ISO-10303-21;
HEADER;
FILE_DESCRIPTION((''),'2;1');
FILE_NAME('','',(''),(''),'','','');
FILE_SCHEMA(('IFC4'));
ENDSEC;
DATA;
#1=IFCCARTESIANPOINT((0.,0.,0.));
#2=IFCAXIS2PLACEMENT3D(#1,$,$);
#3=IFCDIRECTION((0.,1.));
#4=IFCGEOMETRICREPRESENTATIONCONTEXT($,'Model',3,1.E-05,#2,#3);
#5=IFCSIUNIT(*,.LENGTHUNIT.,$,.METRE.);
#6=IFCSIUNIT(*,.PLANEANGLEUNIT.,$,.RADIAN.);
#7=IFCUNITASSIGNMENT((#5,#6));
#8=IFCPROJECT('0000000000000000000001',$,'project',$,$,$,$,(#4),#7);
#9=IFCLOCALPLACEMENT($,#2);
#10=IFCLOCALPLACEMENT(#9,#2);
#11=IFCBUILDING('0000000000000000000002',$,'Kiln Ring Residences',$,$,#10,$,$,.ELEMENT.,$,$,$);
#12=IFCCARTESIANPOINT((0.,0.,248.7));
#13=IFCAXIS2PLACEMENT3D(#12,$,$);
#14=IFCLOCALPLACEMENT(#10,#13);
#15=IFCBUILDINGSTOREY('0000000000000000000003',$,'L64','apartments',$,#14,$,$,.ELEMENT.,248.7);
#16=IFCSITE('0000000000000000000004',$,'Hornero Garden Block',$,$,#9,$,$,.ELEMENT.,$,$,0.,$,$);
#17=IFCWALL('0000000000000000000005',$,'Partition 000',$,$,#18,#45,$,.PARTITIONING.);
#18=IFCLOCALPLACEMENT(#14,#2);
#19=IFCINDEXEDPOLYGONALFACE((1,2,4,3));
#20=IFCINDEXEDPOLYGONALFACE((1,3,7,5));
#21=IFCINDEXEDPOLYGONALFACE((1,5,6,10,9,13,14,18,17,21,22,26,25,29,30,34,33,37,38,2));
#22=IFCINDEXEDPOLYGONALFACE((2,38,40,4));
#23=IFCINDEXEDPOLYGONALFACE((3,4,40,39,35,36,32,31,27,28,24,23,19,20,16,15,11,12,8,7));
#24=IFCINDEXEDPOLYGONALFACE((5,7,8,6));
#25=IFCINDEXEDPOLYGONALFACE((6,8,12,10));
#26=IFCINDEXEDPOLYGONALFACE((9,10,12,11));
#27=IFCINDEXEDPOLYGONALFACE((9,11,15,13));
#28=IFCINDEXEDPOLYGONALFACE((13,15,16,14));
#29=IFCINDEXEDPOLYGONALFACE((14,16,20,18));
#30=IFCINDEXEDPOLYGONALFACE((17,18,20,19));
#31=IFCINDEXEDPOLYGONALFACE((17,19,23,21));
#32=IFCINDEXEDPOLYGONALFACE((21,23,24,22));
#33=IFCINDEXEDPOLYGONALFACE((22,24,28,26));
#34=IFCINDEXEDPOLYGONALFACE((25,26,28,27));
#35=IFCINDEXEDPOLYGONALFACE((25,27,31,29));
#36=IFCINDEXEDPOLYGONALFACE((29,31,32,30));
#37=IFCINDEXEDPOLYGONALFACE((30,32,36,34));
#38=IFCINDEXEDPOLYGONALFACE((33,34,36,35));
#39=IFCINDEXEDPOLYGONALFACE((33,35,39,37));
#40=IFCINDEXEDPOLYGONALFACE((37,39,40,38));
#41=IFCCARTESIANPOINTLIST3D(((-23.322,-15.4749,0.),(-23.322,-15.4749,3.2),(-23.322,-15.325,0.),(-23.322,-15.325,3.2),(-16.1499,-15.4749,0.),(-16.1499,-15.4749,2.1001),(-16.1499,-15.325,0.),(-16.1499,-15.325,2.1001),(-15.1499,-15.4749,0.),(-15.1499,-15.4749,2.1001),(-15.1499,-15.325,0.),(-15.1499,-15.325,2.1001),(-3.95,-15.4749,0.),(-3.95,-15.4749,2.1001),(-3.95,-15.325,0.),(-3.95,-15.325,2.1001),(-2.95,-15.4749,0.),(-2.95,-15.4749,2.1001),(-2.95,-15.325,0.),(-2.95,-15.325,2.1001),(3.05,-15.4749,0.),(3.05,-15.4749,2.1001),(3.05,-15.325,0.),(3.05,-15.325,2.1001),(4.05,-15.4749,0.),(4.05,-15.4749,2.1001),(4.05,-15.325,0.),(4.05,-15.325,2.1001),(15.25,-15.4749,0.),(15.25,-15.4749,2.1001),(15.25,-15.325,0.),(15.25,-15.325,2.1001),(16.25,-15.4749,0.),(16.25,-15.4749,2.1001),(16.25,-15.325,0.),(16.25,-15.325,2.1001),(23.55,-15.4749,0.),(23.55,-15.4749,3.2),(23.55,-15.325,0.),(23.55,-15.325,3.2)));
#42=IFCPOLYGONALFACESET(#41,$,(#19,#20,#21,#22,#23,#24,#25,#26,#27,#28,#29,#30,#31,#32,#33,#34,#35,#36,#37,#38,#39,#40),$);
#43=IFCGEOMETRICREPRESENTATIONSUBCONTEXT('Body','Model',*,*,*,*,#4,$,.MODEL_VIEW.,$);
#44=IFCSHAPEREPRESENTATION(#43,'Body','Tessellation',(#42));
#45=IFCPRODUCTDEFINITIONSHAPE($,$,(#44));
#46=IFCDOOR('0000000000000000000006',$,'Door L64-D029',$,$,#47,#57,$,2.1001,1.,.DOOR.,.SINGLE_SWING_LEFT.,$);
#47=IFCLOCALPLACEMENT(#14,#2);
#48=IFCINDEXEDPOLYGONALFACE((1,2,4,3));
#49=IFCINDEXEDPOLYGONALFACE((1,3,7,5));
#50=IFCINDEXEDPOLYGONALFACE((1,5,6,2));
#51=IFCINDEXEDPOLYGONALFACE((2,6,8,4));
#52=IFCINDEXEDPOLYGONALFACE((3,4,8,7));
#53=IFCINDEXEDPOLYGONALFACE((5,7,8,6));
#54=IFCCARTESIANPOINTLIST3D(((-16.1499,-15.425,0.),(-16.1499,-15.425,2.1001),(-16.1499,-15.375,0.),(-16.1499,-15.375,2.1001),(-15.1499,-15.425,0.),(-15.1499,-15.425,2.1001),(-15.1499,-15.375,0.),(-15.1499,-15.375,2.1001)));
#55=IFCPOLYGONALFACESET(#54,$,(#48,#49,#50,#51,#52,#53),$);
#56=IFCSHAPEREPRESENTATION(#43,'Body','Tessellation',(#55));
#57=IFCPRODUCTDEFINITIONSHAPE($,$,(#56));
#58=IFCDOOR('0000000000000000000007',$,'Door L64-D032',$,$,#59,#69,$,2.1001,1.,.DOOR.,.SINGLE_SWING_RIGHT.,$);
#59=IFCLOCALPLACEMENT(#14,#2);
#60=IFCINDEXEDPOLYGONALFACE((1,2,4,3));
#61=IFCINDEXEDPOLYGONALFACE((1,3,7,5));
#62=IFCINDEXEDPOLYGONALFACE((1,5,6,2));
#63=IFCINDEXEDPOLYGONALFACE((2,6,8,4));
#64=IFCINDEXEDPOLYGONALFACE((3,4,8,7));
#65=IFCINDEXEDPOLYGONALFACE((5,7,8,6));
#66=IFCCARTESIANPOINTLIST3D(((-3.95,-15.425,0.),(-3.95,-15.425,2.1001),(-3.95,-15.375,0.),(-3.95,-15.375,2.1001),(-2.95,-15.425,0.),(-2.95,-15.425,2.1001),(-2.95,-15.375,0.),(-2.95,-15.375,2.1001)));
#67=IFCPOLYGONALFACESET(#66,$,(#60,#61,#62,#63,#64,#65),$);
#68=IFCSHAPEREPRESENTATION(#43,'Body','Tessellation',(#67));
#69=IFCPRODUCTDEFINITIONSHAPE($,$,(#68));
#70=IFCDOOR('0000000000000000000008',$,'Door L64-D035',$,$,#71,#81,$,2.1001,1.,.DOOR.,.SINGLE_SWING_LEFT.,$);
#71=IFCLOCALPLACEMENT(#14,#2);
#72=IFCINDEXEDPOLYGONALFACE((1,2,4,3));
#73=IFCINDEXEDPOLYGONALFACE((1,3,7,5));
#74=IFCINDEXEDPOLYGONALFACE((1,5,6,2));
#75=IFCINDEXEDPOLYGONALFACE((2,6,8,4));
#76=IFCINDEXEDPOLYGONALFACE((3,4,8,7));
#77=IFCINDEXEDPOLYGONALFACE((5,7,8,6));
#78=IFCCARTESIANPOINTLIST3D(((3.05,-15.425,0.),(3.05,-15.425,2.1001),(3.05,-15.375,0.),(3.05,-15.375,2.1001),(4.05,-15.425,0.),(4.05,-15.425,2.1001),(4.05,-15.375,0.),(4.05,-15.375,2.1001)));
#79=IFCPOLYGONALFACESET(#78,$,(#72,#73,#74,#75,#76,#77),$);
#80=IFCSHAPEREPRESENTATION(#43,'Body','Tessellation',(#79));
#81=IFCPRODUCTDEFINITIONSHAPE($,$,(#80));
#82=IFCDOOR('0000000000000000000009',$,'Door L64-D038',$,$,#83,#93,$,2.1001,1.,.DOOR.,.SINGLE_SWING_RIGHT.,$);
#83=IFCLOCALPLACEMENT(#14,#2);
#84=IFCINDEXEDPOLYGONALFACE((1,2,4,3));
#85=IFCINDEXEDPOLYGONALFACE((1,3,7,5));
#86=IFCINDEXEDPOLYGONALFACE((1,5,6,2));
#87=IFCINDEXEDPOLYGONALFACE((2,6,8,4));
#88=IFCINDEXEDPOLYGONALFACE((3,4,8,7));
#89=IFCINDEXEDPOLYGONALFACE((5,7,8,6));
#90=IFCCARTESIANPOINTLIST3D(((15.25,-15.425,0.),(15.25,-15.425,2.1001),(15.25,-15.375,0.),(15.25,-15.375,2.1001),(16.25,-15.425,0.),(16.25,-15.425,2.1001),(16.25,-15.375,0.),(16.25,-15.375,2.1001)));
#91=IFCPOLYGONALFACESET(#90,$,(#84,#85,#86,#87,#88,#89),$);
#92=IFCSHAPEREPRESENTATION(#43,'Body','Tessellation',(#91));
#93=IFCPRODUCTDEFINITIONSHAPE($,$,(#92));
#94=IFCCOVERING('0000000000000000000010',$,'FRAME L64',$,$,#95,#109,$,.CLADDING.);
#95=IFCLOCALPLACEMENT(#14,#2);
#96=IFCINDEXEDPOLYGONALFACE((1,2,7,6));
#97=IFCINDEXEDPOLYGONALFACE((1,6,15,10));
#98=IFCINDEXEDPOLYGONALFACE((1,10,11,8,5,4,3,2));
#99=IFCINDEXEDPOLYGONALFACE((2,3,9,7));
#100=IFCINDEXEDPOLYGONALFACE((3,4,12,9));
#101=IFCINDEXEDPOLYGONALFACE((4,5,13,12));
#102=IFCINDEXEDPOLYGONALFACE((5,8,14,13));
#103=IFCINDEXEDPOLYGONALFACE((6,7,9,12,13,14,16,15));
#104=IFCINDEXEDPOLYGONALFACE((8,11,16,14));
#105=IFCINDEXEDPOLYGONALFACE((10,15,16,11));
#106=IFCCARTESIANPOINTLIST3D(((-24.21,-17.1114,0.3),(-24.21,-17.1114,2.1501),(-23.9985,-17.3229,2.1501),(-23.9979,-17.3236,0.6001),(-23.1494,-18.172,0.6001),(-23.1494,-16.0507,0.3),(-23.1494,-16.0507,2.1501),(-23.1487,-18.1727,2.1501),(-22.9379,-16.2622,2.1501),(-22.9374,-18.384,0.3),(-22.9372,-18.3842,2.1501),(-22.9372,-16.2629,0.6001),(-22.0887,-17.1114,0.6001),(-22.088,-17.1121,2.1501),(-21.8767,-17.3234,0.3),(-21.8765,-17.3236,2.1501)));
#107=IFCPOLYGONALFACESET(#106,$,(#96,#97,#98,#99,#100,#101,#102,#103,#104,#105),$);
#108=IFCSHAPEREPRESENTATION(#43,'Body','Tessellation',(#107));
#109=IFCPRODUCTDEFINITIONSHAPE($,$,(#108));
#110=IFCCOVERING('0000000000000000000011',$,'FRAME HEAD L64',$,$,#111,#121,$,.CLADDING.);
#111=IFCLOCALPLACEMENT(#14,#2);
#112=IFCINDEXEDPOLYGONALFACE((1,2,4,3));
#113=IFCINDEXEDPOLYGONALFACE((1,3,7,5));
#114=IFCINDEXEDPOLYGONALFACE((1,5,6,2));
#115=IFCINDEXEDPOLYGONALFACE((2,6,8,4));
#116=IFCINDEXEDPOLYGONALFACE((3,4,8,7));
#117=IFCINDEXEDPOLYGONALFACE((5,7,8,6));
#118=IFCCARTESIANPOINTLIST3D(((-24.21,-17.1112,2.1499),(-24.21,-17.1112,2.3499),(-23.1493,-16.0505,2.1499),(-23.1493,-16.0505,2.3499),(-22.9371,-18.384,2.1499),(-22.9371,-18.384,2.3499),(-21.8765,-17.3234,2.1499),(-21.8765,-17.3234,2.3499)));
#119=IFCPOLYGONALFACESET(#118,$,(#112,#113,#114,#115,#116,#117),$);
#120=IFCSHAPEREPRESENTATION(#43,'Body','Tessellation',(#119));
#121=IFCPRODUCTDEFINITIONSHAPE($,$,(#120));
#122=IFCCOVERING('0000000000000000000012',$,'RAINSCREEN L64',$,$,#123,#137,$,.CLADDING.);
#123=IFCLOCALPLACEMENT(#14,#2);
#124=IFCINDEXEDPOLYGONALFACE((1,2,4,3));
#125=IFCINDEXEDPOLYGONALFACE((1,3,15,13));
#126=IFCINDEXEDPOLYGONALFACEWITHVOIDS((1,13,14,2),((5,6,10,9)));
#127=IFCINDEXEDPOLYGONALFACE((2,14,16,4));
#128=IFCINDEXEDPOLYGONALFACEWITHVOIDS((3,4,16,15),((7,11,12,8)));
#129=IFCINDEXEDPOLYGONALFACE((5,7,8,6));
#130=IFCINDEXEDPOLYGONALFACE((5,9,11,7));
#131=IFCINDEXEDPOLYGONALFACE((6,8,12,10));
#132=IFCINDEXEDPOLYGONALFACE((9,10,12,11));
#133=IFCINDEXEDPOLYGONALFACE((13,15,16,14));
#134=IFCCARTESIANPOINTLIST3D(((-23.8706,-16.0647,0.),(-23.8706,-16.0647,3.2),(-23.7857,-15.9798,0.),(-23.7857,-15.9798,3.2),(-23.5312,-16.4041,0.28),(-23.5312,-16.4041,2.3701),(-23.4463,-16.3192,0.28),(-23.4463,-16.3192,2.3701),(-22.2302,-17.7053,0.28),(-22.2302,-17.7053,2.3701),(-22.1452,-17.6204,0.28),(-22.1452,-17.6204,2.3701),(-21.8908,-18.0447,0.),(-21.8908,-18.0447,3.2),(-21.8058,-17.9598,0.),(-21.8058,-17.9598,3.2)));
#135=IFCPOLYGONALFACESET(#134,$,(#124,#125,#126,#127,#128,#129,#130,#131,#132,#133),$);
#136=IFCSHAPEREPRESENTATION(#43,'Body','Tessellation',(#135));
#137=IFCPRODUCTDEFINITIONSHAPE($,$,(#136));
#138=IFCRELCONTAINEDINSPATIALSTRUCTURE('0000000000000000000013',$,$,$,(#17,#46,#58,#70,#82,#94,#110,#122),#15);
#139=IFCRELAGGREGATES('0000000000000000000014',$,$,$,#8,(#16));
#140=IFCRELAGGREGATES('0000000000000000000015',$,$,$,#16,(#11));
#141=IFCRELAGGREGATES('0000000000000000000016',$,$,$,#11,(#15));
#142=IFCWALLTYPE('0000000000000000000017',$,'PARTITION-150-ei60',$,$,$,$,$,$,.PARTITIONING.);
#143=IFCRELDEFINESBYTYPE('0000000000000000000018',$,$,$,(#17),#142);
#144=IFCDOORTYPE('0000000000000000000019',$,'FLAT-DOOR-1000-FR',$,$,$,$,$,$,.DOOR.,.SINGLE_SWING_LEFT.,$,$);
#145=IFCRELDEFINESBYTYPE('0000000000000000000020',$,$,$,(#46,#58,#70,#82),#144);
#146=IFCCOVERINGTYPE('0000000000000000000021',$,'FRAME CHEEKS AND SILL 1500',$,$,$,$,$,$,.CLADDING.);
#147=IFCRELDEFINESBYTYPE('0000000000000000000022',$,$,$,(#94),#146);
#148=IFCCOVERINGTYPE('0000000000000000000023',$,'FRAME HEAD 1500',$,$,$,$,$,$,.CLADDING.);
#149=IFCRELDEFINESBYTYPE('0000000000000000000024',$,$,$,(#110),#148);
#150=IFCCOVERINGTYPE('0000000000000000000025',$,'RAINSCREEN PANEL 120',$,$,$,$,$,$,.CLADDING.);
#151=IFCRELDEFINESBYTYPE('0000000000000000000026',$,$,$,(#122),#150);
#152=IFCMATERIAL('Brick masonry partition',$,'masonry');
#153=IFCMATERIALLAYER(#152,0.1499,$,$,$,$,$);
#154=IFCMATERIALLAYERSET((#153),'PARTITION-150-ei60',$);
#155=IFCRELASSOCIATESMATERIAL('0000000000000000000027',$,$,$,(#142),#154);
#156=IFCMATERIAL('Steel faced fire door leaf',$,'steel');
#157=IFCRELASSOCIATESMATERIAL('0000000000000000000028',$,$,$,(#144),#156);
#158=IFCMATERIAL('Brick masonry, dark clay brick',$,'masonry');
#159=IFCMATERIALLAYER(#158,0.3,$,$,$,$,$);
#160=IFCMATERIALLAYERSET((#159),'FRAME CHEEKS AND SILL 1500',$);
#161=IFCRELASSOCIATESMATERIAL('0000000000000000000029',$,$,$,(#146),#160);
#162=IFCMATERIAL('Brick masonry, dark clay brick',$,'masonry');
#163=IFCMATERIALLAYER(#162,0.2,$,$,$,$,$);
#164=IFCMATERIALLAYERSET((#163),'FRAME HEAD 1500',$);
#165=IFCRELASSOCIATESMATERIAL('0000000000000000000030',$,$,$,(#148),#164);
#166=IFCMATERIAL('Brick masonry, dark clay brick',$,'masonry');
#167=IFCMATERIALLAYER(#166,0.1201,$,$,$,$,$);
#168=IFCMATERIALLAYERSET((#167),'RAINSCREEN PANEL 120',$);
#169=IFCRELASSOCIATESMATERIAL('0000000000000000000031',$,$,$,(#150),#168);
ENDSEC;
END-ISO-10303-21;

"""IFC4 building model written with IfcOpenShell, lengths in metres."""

from ifc_helpers import new_model, si_unit, direction, frame, frame_2d, origin, origin_2d, place, context, subcontext, project, spatial, polyline, rectangle, outline, extrude, material, layer, layer_set, type_object, element, fill, save


model = new_model("IFC4")

# Units and contexts
model_context = context("Model", 3, precision=1e-05, world=origin(), true_north=direction((0.0, 1.0)))
body_context = subcontext(model_context, "Body", "Model", "MODEL_VIEW")
ifc_project = project(units=[si_unit("LENGTHUNIT", "METRE"), si_unit("PLANEANGLEUNIT", "RADIAN")], contexts=[model_context])

# Site, building, storey
site_placement = place(None, origin())
site = spatial("IfcSite", under=ifc_project, at=site_placement, Name="Hornero Garden Block", CompositionType="ELEMENT", RefElevation=0.0)
building_placement = place(site_placement, origin())
building = spatial("IfcBuilding", under=site, at=building_placement, Name="Kiln Ring Residences", CompositionType="ELEMENT")
storey_placement = place(building_placement, frame((0.0, 0.0, 248.7)))
storey = spatial("IfcBuildingStorey", under=building, at=storey_placement, Name="L64", Description="apartments", CompositionType="ELEMENT", Elevation=248.7)

# Wall, openings, doors
ifc_material_1 = material(Name="Brick masonry partition", Category="masonry")
ifc_layer_1 = layer(ifc_material_1, 0.1499)
ifc_layer_set_1 = layer_set([ifc_layer_1], Name="PARTITION-150-ei60")
wall_type_1 = type_object("IfcWallType", Name="PARTITION-150-ei60", PredefinedType="PARTITIONING", material=ifc_layer_set_1)
wall_1_placement = place(storey_placement, frame((-23.322, -15.3999, 0.0), z_axis=(0.0, 0.0, 1.0), x_axis=(1.0, 0.0, 0.0)))
wall_1 = element("IfcWall", 1, at=wall_1_placement, inside=storey, type_object=wall_type_1, Name="Partition 000", PredefinedType="PARTITIONING", context=body_context, shape_type="SweptSolid", body=[
    extrude(rectangle(XDim=46.8721, YDim=0.1499, at=frame_2d((23.436, 0.0))), origin(), (0.0, 0.0, 1.0), 3.2),
])
opening_1_placement = place(wall_1_placement, frame((7.1721, 0.0, 0.0)))
opening_1 = element("IfcOpeningElement", 2, at=opening_1_placement, cuts=wall_1, PredefinedType="OPENING", context=body_context, shape_type="SweptSolid", body=[
    extrude(rectangle(XDim=1.0, YDim=2.1001, at=frame_2d((0.5, 1.05))), frame((0.0, 0.085, 0.0), z_axis=(0.0, -1.0, 0.0), x_axis=(1.0, 0.0, 0.0)), (0.0, 0.0, 1.0), 0.1699),
])
opening_2_placement = place(wall_1_placement, frame((19.3721, 0.0, 0.0)))
opening_2 = element("IfcOpeningElement", 3, at=opening_2_placement, cuts=wall_1, PredefinedType="OPENING", context=body_context, shape_type="SweptSolid", body=[
    extrude(rectangle(XDim=1.0, YDim=2.1001, at=frame_2d((0.5, 1.05))), frame((0.0, 0.085, 0.0), z_axis=(0.0, -1.0, 0.0), x_axis=(1.0, 0.0, 0.0)), (0.0, 0.0, 1.0), 0.1699),
])
opening_3_placement = place(wall_1_placement, frame((26.3721, 0.0, 0.0)))
opening_3 = element("IfcOpeningElement", 4, at=opening_3_placement, cuts=wall_1, PredefinedType="OPENING", context=body_context, shape_type="SweptSolid", body=[
    extrude(rectangle(XDim=1.0, YDim=2.1001, at=frame_2d((0.5, 1.05))), frame((0.0, 0.085, 0.0), z_axis=(0.0, -1.0, 0.0), x_axis=(1.0, 0.0, 0.0)), (0.0, 0.0, 1.0), 0.1699),
])
opening_4_placement = place(wall_1_placement, frame((38.572, 0.0, 0.0)))
opening_4 = element("IfcOpeningElement", 5, at=opening_4_placement, cuts=wall_1, PredefinedType="OPENING", context=body_context, shape_type="SweptSolid", body=[
    extrude(rectangle(XDim=1.0, YDim=2.1001, at=frame_2d((0.5, 1.05))), frame((0.0, 0.085, 0.0), z_axis=(0.0, -1.0, 0.0), x_axis=(1.0, 0.0, 0.0)), (0.0, 0.0, 1.0), 0.1699),
])
ifc_material_2 = material(Name="Steel faced fire door leaf", Category="steel")
door_type_1 = type_object("IfcDoorType", Name="FLAT-DOOR-1000-FR", OperationType="SINGLE_SWING_LEFT", PredefinedType="DOOR", material=ifc_material_2)
door_1_placement = place(opening_1_placement, origin())
door_1 = element("IfcDoor", 6, at=door_1_placement, inside=storey, type_object=door_type_1, Name="Door L64-D029", OperationType="SINGLE_SWING_LEFT", OverallHeight=2.1001, OverallWidth=1.0, PredefinedType="DOOR", context=body_context, shape_type="SweptSolid", body=[
    extrude(rectangle(XDim=1.0, YDim=2.1001, at=frame_2d((0.5, 1.05))), frame((0.0, 0.0249, 0.0), z_axis=(0.0, -1.0, 0.0), x_axis=(1.0, 0.0, 0.0)), (0.0, 0.0, 1.0), 0.05),
])
fill(opening_1, door_1)
door_2_placement = place(opening_2_placement, origin())
door_2 = element("IfcDoor", 7, at=door_2_placement, inside=storey, type_object=door_type_1, Name="Door L64-D032", OperationType="SINGLE_SWING_RIGHT", OverallHeight=2.1001, OverallWidth=1.0, PredefinedType="DOOR", context=body_context, shape_type="SweptSolid", body=[
    extrude(rectangle(XDim=1.0, YDim=2.1001, at=frame_2d((0.5, 1.05))), frame((0.0, 0.0249, 0.0), z_axis=(0.0, -1.0, 0.0), x_axis=(1.0, 0.0, 0.0)), (0.0, 0.0, 1.0), 0.05),
])
fill(opening_2, door_2)
door_3_placement = place(opening_3_placement, origin())
door_3 = element("IfcDoor", 8, at=door_3_placement, inside=storey, type_object=door_type_1, Name="Door L64-D035", OperationType="SINGLE_SWING_LEFT", OverallHeight=2.1001, OverallWidth=1.0, PredefinedType="DOOR", context=body_context, shape_type="SweptSolid", body=[
    extrude(rectangle(XDim=1.0, YDim=2.1001, at=frame_2d((0.5, 1.05))), frame((0.0, 0.0249, 0.0), z_axis=(0.0, -1.0, 0.0), x_axis=(1.0, 0.0, 0.0)), (0.0, 0.0, 1.0), 0.05),
])
fill(opening_3, door_3)
door_4_placement = place(opening_4_placement, origin())
door_4 = element("IfcDoor", 9, at=door_4_placement, inside=storey, type_object=door_type_1, Name="Door L64-D038", OperationType="SINGLE_SWING_RIGHT", OverallHeight=2.1001, OverallWidth=1.0, PredefinedType="DOOR", context=body_context, shape_type="SweptSolid", body=[
    extrude(rectangle(XDim=1.0, YDim=2.1001, at=frame_2d((0.5, 1.05))), frame((0.0, 0.0249, 0.0), z_axis=(0.0, -1.0, 0.0), x_axis=(1.0, 0.0, 0.0)), (0.0, 0.0, 1.0), 0.05),
])
fill(opening_4, door_4)

# Coverings
ifc_material_3 = material(Name="Brick masonry, dark clay brick", Category="masonry")
ifc_layer_2 = layer(ifc_material_3, 0.3)
ifc_layer_set_2 = layer_set([ifc_layer_2], Name="FRAME CHEEKS AND SILL 1500")
covering_type_1 = type_object("IfcCoveringType", Name="FRAME CHEEKS AND SILL 1500", PredefinedType="CLADDING", material=ifc_layer_set_2)
covering_1_placement = place(storey_placement, frame((-23.6797, -16.5811, 0.3), z_axis=(0.0, 0.0, 1.0), x_axis=(0.707107, -0.707107, 0.0)))
element("IfcCovering", 10, at=covering_1_placement, inside=storey, type_object=covering_type_1, Name="FRAME L64", PredefinedType="CLADDING", context=body_context, shape_type="SweptSolid", body=[
    extrude(outline(polyline([(0.0, 0.0), (1.7998, 0.0), (1.8, 1.8501), (1.501, 1.8501), (1.5, 0.3), (0.3, 0.3), (0.2991, 1.8501), (0.0, 1.8501), (0.0, 0.0)])), frame((0.0, 0.75, 0.0), z_axis=(0.0, -1.0, 0.0), x_axis=(1.0, 0.0, 0.0)), (0.0, 0.0, 1.0), 1.5),
])
ifc_material_4 = material(Name="Brick masonry, dark clay brick", Category="masonry")
ifc_layer_3 = layer(ifc_material_4, 0.2)
ifc_layer_set_3 = layer_set([ifc_layer_3], Name="FRAME HEAD 1500")
covering_type_2 = type_object("IfcCoveringType", Name="FRAME HEAD 1500", PredefinedType="CLADDING", material=ifc_layer_set_3)
covering_2_placement = place(storey_placement, frame((-23.0432, -17.2173, 2.1499), z_axis=(0.0, 0.0, 1.0), x_axis=(0.707107, -0.707107, 0.0)))
element("IfcCovering", 11, at=covering_2_placement, inside=storey, type_object=covering_type_2, Name="FRAME HEAD L64", PredefinedType="CLADDING", context=body_context, shape_type="SweptSolid", body=[
    extrude(rectangle(XDim=1.8, YDim=1.5, at=origin_2d()), origin(), (0.0, 0.0, 1.0), 0.2),
])
ifc_material_5 = material(Name="Brick masonry, dark clay brick", Category="masonry")
ifc_layer_4 = layer(ifc_material_5, 0.1201)
ifc_layer_set_4 = layer_set([ifc_layer_4], Name="RAINSCREEN PANEL 120")
covering_type_3 = type_object("IfcCoveringType", Name="RAINSCREEN PANEL 120", PredefinedType="CLADDING", material=ifc_layer_set_4)
covering_3_placement = place(storey_placement, frame((-23.8281, -16.0222, 0.0), z_axis=(0.0, 0.0, 1.0), x_axis=(0.707063, -0.70715, 0.0)))
element("IfcCovering", 12, at=covering_3_placement, inside=storey, type_object=covering_type_3, Name="RAINSCREEN L64", PredefinedType="CLADDING", context=body_context, shape_type="SweptSolid", body=[
    extrude(outline(polyline([(0.0, 0.0), (2.8, 0.0), (2.8, 3.2), (0.0, 3.2), (0.0, 0.0)]), holes=[polyline([(0.48, 2.3701), (0.48, 0.28), (2.3201, 0.28), (2.3201, 2.3701), (0.48, 2.3701)])]), frame((0.0, 0.0601, 0.0), z_axis=(0.0, -1.0, 0.0), x_axis=(1.0, 0.0, 0.0)), (0.0, 0.0, 1.0), 0.1201),
])

save(model, "model.ifc")
